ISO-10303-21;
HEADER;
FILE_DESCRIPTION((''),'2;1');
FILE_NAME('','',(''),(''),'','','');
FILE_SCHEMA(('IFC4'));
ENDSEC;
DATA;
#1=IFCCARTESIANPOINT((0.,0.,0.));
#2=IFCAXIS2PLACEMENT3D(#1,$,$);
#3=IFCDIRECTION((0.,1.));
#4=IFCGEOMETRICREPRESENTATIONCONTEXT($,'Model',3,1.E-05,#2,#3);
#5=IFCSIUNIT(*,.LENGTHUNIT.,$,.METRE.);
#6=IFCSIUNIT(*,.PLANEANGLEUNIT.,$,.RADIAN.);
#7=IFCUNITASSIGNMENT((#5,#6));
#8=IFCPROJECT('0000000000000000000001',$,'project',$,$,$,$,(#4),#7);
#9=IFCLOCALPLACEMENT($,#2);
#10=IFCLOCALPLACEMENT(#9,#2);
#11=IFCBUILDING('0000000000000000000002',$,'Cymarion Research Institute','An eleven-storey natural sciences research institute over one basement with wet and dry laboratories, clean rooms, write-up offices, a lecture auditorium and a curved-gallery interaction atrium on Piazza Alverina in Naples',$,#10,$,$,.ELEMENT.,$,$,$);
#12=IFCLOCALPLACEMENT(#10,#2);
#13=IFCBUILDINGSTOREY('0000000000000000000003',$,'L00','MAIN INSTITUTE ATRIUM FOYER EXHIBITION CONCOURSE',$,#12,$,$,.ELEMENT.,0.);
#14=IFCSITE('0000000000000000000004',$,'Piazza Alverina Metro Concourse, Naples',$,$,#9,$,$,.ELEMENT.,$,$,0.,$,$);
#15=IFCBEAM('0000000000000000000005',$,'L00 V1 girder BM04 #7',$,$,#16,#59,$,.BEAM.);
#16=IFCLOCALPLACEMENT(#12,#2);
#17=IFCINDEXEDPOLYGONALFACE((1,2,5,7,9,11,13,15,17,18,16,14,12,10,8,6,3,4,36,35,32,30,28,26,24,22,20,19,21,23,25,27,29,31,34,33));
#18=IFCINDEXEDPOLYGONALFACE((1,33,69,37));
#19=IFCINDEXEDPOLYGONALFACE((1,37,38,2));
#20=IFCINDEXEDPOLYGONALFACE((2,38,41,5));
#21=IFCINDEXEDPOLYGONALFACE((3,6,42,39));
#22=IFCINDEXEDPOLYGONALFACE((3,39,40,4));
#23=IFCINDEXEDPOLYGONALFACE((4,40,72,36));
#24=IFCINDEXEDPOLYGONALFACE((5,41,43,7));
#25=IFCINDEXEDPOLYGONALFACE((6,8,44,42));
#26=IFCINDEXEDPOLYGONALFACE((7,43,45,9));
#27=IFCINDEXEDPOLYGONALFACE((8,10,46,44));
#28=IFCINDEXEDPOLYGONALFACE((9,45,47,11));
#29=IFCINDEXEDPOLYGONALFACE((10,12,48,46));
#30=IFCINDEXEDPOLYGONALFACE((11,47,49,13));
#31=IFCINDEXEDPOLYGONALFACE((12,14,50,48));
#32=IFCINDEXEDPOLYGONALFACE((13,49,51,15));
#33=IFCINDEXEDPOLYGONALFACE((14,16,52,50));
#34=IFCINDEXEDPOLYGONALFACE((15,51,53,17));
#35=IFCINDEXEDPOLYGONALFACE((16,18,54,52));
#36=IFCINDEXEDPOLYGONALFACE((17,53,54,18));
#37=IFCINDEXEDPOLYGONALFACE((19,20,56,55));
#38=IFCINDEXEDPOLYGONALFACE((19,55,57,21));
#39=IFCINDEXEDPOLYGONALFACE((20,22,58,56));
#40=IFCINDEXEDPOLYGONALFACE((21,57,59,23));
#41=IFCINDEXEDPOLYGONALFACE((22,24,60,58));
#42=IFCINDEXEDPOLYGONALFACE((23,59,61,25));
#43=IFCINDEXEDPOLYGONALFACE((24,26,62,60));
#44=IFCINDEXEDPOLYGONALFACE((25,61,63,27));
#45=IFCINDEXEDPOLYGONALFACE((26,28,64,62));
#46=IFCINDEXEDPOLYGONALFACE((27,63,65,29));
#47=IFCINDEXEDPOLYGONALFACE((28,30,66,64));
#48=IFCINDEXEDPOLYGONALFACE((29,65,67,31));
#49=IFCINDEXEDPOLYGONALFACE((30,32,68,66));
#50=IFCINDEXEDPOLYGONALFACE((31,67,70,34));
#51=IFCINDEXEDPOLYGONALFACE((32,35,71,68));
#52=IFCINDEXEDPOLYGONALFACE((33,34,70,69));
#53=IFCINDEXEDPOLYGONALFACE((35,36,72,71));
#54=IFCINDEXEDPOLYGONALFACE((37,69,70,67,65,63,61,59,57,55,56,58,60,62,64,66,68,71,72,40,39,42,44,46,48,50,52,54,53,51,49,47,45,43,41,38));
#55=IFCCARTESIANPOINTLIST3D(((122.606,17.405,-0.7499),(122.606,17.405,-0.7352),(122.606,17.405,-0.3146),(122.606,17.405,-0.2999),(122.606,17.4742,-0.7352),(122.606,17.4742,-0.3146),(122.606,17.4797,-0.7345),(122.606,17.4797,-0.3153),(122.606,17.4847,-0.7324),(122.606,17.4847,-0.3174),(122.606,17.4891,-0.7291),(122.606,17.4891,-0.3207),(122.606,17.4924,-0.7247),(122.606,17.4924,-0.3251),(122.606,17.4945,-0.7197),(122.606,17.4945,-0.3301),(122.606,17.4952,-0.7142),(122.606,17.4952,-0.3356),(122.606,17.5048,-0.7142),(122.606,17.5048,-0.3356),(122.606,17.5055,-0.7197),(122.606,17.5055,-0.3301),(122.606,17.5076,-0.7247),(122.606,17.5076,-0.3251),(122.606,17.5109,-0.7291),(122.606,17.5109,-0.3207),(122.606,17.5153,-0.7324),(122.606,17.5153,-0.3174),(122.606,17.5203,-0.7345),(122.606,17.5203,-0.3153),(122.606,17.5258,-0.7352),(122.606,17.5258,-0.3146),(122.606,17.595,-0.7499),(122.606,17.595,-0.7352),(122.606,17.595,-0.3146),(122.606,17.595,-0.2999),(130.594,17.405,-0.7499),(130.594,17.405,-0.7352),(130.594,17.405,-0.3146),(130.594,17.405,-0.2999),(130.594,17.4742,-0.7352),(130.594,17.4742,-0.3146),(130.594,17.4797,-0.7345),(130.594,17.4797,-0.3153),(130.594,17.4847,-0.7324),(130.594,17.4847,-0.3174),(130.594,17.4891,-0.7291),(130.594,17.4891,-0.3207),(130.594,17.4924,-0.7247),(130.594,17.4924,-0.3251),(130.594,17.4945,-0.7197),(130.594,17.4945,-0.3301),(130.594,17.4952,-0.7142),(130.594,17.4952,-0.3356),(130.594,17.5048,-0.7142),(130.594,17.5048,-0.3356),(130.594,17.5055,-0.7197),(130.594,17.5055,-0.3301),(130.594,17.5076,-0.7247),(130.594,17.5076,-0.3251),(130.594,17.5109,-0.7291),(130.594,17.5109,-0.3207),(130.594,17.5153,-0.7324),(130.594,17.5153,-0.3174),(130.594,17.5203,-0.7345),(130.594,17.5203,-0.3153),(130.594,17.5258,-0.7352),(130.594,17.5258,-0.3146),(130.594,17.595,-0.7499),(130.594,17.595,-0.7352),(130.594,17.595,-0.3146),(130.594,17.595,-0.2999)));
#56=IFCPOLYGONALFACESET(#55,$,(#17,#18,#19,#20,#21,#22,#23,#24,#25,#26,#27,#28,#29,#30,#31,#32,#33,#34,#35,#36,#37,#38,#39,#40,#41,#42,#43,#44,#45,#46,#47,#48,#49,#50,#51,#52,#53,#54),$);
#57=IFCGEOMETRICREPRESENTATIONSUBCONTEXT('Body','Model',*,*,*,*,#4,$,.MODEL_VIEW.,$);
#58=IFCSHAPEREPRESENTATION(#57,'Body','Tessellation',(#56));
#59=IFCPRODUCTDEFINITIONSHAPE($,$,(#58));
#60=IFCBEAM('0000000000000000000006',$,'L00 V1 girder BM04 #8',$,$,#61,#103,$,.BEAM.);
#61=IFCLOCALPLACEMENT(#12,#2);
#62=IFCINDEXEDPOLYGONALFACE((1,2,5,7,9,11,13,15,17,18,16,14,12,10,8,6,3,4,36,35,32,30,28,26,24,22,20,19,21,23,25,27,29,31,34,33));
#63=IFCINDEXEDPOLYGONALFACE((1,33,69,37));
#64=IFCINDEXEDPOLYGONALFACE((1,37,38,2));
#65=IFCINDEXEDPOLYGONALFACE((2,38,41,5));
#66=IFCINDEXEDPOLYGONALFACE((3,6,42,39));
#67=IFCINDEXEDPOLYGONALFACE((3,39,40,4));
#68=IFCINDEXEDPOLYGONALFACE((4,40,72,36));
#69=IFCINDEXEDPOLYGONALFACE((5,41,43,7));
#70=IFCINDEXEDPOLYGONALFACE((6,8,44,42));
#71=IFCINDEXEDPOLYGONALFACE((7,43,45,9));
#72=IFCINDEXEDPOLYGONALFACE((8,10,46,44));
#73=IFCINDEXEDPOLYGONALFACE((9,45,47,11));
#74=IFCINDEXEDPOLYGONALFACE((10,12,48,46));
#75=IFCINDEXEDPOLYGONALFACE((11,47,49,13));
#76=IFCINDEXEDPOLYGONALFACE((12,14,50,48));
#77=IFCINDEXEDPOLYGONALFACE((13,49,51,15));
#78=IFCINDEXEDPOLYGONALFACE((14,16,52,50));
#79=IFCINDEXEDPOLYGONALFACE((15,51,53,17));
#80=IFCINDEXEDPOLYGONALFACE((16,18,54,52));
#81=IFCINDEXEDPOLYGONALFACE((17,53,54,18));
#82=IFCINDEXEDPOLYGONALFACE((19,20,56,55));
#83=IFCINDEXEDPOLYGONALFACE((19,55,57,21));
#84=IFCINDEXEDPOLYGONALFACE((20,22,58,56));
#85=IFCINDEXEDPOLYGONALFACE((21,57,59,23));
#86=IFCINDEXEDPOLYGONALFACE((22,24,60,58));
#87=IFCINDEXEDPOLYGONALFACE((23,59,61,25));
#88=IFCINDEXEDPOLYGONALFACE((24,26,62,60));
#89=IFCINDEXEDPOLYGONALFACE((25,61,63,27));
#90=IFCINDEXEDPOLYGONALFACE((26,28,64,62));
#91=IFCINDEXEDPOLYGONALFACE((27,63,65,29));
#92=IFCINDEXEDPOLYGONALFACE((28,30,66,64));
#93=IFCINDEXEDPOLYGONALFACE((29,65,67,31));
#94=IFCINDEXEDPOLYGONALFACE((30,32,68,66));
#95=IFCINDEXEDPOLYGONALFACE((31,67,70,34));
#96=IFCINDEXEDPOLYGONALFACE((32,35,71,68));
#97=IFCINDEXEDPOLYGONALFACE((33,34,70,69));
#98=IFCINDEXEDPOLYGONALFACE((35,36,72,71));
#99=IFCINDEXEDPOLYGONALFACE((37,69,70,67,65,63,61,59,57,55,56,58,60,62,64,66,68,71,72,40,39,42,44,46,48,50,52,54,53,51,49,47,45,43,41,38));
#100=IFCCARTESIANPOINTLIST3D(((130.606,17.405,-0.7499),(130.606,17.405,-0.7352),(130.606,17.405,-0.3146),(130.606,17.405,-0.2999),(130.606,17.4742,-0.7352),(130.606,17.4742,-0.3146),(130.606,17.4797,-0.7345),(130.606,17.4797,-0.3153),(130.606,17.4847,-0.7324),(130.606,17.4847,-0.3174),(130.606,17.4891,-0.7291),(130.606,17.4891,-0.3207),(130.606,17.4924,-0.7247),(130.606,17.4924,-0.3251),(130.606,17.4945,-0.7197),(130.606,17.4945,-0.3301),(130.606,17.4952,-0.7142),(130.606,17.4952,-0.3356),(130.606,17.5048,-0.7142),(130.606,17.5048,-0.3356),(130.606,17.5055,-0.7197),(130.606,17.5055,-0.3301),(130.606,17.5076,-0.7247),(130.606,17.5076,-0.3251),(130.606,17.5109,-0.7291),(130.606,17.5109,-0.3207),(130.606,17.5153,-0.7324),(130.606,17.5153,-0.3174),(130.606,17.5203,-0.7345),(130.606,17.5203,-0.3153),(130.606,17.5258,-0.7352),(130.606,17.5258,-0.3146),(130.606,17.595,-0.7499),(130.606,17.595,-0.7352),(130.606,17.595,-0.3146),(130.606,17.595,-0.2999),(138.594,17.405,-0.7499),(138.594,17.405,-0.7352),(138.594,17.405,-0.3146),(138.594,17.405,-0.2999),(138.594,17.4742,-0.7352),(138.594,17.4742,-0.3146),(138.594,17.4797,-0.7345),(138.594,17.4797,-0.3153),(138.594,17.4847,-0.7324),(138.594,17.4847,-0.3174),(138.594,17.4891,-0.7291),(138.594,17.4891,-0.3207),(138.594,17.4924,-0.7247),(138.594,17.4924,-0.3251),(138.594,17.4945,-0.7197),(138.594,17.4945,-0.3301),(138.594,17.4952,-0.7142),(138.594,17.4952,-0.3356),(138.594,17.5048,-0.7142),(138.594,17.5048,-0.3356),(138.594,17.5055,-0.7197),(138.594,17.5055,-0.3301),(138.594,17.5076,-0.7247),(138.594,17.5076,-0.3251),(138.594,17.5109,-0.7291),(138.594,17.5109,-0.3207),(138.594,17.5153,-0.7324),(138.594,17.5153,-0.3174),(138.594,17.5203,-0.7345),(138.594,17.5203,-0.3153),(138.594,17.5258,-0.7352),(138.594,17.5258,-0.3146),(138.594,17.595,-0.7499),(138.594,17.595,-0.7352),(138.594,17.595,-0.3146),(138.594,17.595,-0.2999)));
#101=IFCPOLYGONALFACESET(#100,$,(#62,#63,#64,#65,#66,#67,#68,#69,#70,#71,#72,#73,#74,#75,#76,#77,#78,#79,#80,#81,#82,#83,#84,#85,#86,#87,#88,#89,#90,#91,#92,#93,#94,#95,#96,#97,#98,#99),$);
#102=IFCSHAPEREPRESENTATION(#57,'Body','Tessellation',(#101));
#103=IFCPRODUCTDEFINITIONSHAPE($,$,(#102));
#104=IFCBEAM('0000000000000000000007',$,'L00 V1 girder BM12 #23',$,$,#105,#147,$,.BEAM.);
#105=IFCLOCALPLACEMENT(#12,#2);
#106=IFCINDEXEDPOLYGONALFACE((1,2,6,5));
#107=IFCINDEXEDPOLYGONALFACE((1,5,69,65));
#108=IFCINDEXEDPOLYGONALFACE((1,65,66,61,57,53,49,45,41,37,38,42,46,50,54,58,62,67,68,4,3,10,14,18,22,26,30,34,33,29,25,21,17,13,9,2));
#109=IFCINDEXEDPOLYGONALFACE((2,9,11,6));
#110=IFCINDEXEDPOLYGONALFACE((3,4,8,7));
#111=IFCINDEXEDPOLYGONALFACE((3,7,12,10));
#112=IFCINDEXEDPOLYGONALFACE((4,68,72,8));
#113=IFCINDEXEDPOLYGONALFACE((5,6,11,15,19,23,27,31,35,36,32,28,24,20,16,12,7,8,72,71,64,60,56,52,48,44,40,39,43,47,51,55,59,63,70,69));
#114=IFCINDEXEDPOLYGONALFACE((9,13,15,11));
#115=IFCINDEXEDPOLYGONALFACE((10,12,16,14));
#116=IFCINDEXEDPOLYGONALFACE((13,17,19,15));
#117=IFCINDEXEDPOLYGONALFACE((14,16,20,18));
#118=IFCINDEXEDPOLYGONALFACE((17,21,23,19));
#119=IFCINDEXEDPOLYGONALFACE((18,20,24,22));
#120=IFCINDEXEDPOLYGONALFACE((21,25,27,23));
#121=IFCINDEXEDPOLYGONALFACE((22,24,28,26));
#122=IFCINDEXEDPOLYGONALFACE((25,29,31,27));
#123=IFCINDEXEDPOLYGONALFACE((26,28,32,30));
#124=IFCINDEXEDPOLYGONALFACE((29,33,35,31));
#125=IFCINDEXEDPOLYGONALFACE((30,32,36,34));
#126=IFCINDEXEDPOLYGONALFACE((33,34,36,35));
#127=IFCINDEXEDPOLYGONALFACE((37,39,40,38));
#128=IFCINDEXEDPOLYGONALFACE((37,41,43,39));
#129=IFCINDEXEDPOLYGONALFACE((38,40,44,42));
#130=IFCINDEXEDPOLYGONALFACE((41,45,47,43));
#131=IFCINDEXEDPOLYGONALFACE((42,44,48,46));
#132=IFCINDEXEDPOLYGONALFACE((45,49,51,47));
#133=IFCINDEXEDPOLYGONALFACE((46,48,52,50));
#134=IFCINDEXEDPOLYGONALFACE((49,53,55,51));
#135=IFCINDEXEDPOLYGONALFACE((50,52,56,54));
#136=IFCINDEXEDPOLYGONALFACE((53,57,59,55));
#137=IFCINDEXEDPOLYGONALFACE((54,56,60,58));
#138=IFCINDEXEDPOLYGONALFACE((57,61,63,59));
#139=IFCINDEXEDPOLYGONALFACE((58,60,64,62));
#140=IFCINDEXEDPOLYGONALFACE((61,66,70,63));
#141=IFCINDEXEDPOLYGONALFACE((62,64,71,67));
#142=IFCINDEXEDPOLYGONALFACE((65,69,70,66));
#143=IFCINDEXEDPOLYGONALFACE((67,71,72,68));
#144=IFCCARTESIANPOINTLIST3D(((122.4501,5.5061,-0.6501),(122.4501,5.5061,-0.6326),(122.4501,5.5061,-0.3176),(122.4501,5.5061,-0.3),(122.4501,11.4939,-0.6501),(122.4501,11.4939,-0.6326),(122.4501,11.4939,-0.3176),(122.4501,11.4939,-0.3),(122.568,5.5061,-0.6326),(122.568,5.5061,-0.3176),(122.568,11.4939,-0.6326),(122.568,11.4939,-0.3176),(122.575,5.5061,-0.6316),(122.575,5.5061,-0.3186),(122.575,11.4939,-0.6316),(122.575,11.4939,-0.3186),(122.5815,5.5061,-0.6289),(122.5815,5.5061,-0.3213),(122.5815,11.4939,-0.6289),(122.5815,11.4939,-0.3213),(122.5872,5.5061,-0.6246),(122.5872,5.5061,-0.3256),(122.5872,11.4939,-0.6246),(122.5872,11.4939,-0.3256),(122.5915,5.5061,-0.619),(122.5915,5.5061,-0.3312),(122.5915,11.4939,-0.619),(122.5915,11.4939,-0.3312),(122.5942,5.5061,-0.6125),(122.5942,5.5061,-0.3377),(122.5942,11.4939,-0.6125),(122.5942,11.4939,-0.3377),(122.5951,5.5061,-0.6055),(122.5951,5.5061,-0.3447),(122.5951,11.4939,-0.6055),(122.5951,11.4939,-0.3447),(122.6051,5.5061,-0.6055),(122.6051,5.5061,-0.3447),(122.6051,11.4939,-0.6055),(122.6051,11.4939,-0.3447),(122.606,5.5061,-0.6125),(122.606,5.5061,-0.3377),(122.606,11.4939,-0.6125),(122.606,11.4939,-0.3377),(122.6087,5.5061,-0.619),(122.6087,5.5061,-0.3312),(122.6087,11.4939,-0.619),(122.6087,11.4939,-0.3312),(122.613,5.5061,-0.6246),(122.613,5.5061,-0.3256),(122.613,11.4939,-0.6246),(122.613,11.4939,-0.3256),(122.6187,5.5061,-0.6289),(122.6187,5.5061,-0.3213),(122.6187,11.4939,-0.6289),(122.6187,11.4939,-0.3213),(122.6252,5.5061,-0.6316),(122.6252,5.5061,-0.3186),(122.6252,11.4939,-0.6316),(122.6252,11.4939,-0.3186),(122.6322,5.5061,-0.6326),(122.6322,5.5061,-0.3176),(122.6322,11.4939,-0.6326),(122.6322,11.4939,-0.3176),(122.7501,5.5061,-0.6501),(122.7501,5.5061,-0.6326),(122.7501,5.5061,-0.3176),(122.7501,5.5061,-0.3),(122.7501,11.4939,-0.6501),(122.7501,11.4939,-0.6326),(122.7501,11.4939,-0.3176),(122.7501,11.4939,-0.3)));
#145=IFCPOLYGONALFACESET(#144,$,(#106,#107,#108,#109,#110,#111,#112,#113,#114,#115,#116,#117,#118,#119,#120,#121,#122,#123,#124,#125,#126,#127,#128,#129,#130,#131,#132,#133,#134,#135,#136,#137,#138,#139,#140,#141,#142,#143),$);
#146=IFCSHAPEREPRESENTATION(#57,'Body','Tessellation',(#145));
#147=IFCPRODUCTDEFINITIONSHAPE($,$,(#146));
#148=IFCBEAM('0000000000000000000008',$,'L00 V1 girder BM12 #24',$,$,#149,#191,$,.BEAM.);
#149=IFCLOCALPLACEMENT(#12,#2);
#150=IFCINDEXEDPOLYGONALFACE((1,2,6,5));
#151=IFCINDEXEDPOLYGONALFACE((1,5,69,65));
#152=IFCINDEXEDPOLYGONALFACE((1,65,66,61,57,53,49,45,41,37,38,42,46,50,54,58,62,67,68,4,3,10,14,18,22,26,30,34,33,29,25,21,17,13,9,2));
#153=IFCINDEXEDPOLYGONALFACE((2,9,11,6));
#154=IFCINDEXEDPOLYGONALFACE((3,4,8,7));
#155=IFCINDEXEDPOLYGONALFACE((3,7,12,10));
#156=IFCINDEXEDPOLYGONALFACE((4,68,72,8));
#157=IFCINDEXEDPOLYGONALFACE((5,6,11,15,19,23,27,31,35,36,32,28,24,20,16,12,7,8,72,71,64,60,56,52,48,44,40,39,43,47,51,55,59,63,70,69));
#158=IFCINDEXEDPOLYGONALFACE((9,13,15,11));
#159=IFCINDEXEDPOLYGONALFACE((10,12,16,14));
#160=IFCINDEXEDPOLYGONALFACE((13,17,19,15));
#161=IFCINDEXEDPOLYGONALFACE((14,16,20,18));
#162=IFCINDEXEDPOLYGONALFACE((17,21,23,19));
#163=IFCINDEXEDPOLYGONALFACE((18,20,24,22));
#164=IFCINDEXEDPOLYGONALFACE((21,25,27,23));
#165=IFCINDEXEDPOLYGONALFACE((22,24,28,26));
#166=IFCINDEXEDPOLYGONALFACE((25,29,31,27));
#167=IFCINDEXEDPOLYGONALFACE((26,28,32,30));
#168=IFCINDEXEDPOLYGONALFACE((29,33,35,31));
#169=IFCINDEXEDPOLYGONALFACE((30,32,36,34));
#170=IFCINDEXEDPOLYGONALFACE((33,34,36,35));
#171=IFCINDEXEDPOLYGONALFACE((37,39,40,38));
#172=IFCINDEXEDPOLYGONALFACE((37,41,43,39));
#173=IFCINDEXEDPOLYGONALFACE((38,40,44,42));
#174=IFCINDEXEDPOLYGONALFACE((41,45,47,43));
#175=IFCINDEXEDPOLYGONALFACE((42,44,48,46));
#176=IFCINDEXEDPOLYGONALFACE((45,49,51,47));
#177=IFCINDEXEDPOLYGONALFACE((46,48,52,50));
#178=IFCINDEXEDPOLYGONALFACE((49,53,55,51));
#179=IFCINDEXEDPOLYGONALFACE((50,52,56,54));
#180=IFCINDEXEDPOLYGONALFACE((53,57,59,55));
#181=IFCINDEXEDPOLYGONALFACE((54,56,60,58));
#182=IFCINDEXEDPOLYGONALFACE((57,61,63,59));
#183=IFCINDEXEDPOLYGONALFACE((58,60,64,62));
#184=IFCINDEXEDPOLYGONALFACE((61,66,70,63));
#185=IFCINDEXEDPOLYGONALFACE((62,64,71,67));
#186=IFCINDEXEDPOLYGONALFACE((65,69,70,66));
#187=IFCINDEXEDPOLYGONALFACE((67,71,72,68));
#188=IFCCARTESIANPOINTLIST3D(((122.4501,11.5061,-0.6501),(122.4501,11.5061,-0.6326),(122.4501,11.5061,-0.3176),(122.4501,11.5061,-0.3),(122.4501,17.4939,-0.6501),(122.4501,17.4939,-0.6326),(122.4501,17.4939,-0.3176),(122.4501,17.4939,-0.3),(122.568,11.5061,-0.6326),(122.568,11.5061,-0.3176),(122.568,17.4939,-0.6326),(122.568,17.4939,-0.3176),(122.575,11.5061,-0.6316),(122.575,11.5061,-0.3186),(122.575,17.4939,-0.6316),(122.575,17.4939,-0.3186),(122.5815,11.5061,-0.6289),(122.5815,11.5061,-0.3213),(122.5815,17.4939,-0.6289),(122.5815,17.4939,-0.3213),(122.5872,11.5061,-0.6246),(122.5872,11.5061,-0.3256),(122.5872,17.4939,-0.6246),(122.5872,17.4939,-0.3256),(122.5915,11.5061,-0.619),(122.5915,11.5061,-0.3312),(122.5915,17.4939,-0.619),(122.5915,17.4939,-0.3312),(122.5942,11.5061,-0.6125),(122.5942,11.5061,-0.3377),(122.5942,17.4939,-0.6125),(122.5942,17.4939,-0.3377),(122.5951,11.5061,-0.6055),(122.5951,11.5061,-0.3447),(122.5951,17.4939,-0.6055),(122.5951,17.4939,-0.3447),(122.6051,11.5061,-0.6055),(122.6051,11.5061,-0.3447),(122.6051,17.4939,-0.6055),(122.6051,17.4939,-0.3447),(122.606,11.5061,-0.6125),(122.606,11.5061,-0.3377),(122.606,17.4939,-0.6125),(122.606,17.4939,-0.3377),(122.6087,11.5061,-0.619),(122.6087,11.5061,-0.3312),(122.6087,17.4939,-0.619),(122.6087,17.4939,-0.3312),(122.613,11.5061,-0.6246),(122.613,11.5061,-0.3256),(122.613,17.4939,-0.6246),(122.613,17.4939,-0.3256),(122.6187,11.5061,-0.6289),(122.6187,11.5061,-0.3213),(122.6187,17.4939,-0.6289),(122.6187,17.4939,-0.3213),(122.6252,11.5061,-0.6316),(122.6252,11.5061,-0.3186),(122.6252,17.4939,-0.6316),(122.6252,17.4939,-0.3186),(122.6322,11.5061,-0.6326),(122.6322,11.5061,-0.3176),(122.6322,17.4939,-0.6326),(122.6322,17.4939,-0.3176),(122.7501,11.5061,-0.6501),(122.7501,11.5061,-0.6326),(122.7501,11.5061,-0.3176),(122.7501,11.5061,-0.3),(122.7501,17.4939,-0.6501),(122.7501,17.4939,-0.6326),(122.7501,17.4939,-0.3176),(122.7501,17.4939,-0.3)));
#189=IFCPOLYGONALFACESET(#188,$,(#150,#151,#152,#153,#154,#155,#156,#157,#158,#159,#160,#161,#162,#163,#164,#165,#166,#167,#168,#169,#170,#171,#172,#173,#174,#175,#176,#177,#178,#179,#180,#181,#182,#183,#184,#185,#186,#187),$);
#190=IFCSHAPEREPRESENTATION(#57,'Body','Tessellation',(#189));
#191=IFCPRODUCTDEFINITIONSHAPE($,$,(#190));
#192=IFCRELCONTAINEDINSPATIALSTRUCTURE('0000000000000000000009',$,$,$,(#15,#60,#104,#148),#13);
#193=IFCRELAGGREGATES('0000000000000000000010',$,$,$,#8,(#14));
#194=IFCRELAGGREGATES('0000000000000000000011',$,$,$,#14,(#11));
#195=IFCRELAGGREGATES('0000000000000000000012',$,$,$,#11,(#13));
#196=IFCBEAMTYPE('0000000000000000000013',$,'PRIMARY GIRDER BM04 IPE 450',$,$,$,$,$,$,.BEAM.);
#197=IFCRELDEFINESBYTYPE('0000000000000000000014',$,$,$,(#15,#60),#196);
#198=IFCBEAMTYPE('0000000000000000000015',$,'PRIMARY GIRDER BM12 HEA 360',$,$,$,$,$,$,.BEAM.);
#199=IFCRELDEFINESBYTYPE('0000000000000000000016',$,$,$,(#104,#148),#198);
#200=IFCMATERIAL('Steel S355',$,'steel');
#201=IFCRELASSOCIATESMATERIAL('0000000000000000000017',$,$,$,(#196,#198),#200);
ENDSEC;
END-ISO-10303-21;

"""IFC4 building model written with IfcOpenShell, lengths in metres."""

from ifc_helpers import new_model, si_unit, direction, frame, origin, origin_2d, place, context, subcontext, project, spatial, i_section, extrude, material, material_profile, profile_set, type_object, element, save


model = new_model("IFC4")

# Units and contexts
model_context = context("Model", 3, precision=1e-05, world=origin(), true_north=direction((0.0, 1.0)))
body_context = subcontext(model_context, "Body", "Model", "MODEL_VIEW")
ifc_project = project(units=[si_unit("LENGTHUNIT", "METRE"), si_unit("PLANEANGLEUNIT", "RADIAN")], contexts=[model_context])

# Site, building, storey
site_placement = place(None, origin())
site = spatial("IfcSite", under=ifc_project, at=site_placement, Name="Piazza Alverina Metro Concourse, Naples", CompositionType="ELEMENT", RefElevation=0.0)
building_placement = place(site_placement, origin())
building = spatial("IfcBuilding", under=site, at=building_placement, Name="Cymarion Research Institute", Description="An eleven-storey natural sciences research institute over one basement with wet and dry laboratories, clean rooms, write-up offices, a lecture auditorium and a curved-gallery interaction atrium on Piazza Alverina in Naples", CompositionType="ELEMENT")
storey_placement = place(building_placement, origin())
storey = spatial("IfcBuildingStorey", under=building, at=storey_placement, Name="L00", Description="MAIN INSTITUTE ATRIUM FOYER EXHIBITION CONCOURSE", CompositionType="ELEMENT", Elevation=0.0)

# Shared definitions
ifc_material_1 = material(Name="Steel S355", Category="steel")

# Beams
ifc_material_profile_1 = material_profile(ifc_material_1, i_section(OverallWidth=0.1899, OverallDepth=0.45, WebThickness=0.0095, FlangeThickness=0.0146, FilletRadius=0.021, at=origin_2d()), Name="IPE 450")
ifc_profile_set_1 = profile_set([ifc_material_profile_1], Name="Steel S355")
beam_type_1 = type_object("IfcBeamType", Name="PRIMARY GIRDER BM04 IPE 450", PredefinedType="BEAM", material=ifc_profile_set_1)
for number, where, z_axis, x_axis, name in (
    (1, (122.606, 17.5, -0.5249), (1.0, 0.0, 0.0), (0.0, 1.0, 0.0), "L00 V1 girder BM04 #7"),
    (2, (130.606, 17.5, -0.5249), (1.0, 0.0, 0.0), (0.0, 1.0, 0.0), "L00 V1 girder BM04 #8"),
):
    element("IfcBeam", number, at=place(storey_placement, frame(where, z_axis=z_axis, x_axis=x_axis)), inside=storey, type_object=beam_type_1, Name=name, PredefinedType="BEAM", context=body_context, shape_type="SweptSolid", body=[
        extrude(i_section(OverallWidth=0.1899, OverallDepth=0.45, WebThickness=0.0095, FlangeThickness=0.0146, FilletRadius=0.021, at=origin_2d()), origin(), (0.0, 0.0, 1.0), 7.988),
    ])
ifc_material_profile_2 = material_profile(ifc_material_1, i_section(OverallWidth=0.3, OverallDepth=0.3501, WebThickness=0.01, FlangeThickness=0.0176, FilletRadius=0.0271, at=origin_2d()), Name="HEA 360")
ifc_profile_set_2 = profile_set([ifc_material_profile_2], Name="Steel S355")
beam_type_2 = type_object("IfcBeamType", Name="PRIMARY GIRDER BM12 HEA 360", PredefinedType="BEAM", material=ifc_profile_set_2)
for number, where, z_axis, x_axis, name in (
    (3, (122.6001, 5.5061, -0.4751), (0.0, 1.0, 0.0), (-1.0, 0.0, 0.0), "L00 V1 girder BM12 #23"),
    (4, (122.6001, 11.5061, -0.4751), (0.0, 1.0, 0.0), (-1.0, 0.0, 0.0), "L00 V1 girder BM12 #24"),
):
    element("IfcBeam", number, at=place(storey_placement, frame(where, z_axis=z_axis, x_axis=x_axis)), inside=storey, type_object=beam_type_2, Name=name, PredefinedType="BEAM", context=body_context, shape_type="SweptSolid", body=[
        extrude(i_section(OverallWidth=0.3, OverallDepth=0.3501, WebThickness=0.01, FlangeThickness=0.0176, FilletRadius=0.0271, at=origin_2d()), origin(), (0.0, 0.0, 1.0), 5.9878),
    ])

save(model, "model.ifc")
